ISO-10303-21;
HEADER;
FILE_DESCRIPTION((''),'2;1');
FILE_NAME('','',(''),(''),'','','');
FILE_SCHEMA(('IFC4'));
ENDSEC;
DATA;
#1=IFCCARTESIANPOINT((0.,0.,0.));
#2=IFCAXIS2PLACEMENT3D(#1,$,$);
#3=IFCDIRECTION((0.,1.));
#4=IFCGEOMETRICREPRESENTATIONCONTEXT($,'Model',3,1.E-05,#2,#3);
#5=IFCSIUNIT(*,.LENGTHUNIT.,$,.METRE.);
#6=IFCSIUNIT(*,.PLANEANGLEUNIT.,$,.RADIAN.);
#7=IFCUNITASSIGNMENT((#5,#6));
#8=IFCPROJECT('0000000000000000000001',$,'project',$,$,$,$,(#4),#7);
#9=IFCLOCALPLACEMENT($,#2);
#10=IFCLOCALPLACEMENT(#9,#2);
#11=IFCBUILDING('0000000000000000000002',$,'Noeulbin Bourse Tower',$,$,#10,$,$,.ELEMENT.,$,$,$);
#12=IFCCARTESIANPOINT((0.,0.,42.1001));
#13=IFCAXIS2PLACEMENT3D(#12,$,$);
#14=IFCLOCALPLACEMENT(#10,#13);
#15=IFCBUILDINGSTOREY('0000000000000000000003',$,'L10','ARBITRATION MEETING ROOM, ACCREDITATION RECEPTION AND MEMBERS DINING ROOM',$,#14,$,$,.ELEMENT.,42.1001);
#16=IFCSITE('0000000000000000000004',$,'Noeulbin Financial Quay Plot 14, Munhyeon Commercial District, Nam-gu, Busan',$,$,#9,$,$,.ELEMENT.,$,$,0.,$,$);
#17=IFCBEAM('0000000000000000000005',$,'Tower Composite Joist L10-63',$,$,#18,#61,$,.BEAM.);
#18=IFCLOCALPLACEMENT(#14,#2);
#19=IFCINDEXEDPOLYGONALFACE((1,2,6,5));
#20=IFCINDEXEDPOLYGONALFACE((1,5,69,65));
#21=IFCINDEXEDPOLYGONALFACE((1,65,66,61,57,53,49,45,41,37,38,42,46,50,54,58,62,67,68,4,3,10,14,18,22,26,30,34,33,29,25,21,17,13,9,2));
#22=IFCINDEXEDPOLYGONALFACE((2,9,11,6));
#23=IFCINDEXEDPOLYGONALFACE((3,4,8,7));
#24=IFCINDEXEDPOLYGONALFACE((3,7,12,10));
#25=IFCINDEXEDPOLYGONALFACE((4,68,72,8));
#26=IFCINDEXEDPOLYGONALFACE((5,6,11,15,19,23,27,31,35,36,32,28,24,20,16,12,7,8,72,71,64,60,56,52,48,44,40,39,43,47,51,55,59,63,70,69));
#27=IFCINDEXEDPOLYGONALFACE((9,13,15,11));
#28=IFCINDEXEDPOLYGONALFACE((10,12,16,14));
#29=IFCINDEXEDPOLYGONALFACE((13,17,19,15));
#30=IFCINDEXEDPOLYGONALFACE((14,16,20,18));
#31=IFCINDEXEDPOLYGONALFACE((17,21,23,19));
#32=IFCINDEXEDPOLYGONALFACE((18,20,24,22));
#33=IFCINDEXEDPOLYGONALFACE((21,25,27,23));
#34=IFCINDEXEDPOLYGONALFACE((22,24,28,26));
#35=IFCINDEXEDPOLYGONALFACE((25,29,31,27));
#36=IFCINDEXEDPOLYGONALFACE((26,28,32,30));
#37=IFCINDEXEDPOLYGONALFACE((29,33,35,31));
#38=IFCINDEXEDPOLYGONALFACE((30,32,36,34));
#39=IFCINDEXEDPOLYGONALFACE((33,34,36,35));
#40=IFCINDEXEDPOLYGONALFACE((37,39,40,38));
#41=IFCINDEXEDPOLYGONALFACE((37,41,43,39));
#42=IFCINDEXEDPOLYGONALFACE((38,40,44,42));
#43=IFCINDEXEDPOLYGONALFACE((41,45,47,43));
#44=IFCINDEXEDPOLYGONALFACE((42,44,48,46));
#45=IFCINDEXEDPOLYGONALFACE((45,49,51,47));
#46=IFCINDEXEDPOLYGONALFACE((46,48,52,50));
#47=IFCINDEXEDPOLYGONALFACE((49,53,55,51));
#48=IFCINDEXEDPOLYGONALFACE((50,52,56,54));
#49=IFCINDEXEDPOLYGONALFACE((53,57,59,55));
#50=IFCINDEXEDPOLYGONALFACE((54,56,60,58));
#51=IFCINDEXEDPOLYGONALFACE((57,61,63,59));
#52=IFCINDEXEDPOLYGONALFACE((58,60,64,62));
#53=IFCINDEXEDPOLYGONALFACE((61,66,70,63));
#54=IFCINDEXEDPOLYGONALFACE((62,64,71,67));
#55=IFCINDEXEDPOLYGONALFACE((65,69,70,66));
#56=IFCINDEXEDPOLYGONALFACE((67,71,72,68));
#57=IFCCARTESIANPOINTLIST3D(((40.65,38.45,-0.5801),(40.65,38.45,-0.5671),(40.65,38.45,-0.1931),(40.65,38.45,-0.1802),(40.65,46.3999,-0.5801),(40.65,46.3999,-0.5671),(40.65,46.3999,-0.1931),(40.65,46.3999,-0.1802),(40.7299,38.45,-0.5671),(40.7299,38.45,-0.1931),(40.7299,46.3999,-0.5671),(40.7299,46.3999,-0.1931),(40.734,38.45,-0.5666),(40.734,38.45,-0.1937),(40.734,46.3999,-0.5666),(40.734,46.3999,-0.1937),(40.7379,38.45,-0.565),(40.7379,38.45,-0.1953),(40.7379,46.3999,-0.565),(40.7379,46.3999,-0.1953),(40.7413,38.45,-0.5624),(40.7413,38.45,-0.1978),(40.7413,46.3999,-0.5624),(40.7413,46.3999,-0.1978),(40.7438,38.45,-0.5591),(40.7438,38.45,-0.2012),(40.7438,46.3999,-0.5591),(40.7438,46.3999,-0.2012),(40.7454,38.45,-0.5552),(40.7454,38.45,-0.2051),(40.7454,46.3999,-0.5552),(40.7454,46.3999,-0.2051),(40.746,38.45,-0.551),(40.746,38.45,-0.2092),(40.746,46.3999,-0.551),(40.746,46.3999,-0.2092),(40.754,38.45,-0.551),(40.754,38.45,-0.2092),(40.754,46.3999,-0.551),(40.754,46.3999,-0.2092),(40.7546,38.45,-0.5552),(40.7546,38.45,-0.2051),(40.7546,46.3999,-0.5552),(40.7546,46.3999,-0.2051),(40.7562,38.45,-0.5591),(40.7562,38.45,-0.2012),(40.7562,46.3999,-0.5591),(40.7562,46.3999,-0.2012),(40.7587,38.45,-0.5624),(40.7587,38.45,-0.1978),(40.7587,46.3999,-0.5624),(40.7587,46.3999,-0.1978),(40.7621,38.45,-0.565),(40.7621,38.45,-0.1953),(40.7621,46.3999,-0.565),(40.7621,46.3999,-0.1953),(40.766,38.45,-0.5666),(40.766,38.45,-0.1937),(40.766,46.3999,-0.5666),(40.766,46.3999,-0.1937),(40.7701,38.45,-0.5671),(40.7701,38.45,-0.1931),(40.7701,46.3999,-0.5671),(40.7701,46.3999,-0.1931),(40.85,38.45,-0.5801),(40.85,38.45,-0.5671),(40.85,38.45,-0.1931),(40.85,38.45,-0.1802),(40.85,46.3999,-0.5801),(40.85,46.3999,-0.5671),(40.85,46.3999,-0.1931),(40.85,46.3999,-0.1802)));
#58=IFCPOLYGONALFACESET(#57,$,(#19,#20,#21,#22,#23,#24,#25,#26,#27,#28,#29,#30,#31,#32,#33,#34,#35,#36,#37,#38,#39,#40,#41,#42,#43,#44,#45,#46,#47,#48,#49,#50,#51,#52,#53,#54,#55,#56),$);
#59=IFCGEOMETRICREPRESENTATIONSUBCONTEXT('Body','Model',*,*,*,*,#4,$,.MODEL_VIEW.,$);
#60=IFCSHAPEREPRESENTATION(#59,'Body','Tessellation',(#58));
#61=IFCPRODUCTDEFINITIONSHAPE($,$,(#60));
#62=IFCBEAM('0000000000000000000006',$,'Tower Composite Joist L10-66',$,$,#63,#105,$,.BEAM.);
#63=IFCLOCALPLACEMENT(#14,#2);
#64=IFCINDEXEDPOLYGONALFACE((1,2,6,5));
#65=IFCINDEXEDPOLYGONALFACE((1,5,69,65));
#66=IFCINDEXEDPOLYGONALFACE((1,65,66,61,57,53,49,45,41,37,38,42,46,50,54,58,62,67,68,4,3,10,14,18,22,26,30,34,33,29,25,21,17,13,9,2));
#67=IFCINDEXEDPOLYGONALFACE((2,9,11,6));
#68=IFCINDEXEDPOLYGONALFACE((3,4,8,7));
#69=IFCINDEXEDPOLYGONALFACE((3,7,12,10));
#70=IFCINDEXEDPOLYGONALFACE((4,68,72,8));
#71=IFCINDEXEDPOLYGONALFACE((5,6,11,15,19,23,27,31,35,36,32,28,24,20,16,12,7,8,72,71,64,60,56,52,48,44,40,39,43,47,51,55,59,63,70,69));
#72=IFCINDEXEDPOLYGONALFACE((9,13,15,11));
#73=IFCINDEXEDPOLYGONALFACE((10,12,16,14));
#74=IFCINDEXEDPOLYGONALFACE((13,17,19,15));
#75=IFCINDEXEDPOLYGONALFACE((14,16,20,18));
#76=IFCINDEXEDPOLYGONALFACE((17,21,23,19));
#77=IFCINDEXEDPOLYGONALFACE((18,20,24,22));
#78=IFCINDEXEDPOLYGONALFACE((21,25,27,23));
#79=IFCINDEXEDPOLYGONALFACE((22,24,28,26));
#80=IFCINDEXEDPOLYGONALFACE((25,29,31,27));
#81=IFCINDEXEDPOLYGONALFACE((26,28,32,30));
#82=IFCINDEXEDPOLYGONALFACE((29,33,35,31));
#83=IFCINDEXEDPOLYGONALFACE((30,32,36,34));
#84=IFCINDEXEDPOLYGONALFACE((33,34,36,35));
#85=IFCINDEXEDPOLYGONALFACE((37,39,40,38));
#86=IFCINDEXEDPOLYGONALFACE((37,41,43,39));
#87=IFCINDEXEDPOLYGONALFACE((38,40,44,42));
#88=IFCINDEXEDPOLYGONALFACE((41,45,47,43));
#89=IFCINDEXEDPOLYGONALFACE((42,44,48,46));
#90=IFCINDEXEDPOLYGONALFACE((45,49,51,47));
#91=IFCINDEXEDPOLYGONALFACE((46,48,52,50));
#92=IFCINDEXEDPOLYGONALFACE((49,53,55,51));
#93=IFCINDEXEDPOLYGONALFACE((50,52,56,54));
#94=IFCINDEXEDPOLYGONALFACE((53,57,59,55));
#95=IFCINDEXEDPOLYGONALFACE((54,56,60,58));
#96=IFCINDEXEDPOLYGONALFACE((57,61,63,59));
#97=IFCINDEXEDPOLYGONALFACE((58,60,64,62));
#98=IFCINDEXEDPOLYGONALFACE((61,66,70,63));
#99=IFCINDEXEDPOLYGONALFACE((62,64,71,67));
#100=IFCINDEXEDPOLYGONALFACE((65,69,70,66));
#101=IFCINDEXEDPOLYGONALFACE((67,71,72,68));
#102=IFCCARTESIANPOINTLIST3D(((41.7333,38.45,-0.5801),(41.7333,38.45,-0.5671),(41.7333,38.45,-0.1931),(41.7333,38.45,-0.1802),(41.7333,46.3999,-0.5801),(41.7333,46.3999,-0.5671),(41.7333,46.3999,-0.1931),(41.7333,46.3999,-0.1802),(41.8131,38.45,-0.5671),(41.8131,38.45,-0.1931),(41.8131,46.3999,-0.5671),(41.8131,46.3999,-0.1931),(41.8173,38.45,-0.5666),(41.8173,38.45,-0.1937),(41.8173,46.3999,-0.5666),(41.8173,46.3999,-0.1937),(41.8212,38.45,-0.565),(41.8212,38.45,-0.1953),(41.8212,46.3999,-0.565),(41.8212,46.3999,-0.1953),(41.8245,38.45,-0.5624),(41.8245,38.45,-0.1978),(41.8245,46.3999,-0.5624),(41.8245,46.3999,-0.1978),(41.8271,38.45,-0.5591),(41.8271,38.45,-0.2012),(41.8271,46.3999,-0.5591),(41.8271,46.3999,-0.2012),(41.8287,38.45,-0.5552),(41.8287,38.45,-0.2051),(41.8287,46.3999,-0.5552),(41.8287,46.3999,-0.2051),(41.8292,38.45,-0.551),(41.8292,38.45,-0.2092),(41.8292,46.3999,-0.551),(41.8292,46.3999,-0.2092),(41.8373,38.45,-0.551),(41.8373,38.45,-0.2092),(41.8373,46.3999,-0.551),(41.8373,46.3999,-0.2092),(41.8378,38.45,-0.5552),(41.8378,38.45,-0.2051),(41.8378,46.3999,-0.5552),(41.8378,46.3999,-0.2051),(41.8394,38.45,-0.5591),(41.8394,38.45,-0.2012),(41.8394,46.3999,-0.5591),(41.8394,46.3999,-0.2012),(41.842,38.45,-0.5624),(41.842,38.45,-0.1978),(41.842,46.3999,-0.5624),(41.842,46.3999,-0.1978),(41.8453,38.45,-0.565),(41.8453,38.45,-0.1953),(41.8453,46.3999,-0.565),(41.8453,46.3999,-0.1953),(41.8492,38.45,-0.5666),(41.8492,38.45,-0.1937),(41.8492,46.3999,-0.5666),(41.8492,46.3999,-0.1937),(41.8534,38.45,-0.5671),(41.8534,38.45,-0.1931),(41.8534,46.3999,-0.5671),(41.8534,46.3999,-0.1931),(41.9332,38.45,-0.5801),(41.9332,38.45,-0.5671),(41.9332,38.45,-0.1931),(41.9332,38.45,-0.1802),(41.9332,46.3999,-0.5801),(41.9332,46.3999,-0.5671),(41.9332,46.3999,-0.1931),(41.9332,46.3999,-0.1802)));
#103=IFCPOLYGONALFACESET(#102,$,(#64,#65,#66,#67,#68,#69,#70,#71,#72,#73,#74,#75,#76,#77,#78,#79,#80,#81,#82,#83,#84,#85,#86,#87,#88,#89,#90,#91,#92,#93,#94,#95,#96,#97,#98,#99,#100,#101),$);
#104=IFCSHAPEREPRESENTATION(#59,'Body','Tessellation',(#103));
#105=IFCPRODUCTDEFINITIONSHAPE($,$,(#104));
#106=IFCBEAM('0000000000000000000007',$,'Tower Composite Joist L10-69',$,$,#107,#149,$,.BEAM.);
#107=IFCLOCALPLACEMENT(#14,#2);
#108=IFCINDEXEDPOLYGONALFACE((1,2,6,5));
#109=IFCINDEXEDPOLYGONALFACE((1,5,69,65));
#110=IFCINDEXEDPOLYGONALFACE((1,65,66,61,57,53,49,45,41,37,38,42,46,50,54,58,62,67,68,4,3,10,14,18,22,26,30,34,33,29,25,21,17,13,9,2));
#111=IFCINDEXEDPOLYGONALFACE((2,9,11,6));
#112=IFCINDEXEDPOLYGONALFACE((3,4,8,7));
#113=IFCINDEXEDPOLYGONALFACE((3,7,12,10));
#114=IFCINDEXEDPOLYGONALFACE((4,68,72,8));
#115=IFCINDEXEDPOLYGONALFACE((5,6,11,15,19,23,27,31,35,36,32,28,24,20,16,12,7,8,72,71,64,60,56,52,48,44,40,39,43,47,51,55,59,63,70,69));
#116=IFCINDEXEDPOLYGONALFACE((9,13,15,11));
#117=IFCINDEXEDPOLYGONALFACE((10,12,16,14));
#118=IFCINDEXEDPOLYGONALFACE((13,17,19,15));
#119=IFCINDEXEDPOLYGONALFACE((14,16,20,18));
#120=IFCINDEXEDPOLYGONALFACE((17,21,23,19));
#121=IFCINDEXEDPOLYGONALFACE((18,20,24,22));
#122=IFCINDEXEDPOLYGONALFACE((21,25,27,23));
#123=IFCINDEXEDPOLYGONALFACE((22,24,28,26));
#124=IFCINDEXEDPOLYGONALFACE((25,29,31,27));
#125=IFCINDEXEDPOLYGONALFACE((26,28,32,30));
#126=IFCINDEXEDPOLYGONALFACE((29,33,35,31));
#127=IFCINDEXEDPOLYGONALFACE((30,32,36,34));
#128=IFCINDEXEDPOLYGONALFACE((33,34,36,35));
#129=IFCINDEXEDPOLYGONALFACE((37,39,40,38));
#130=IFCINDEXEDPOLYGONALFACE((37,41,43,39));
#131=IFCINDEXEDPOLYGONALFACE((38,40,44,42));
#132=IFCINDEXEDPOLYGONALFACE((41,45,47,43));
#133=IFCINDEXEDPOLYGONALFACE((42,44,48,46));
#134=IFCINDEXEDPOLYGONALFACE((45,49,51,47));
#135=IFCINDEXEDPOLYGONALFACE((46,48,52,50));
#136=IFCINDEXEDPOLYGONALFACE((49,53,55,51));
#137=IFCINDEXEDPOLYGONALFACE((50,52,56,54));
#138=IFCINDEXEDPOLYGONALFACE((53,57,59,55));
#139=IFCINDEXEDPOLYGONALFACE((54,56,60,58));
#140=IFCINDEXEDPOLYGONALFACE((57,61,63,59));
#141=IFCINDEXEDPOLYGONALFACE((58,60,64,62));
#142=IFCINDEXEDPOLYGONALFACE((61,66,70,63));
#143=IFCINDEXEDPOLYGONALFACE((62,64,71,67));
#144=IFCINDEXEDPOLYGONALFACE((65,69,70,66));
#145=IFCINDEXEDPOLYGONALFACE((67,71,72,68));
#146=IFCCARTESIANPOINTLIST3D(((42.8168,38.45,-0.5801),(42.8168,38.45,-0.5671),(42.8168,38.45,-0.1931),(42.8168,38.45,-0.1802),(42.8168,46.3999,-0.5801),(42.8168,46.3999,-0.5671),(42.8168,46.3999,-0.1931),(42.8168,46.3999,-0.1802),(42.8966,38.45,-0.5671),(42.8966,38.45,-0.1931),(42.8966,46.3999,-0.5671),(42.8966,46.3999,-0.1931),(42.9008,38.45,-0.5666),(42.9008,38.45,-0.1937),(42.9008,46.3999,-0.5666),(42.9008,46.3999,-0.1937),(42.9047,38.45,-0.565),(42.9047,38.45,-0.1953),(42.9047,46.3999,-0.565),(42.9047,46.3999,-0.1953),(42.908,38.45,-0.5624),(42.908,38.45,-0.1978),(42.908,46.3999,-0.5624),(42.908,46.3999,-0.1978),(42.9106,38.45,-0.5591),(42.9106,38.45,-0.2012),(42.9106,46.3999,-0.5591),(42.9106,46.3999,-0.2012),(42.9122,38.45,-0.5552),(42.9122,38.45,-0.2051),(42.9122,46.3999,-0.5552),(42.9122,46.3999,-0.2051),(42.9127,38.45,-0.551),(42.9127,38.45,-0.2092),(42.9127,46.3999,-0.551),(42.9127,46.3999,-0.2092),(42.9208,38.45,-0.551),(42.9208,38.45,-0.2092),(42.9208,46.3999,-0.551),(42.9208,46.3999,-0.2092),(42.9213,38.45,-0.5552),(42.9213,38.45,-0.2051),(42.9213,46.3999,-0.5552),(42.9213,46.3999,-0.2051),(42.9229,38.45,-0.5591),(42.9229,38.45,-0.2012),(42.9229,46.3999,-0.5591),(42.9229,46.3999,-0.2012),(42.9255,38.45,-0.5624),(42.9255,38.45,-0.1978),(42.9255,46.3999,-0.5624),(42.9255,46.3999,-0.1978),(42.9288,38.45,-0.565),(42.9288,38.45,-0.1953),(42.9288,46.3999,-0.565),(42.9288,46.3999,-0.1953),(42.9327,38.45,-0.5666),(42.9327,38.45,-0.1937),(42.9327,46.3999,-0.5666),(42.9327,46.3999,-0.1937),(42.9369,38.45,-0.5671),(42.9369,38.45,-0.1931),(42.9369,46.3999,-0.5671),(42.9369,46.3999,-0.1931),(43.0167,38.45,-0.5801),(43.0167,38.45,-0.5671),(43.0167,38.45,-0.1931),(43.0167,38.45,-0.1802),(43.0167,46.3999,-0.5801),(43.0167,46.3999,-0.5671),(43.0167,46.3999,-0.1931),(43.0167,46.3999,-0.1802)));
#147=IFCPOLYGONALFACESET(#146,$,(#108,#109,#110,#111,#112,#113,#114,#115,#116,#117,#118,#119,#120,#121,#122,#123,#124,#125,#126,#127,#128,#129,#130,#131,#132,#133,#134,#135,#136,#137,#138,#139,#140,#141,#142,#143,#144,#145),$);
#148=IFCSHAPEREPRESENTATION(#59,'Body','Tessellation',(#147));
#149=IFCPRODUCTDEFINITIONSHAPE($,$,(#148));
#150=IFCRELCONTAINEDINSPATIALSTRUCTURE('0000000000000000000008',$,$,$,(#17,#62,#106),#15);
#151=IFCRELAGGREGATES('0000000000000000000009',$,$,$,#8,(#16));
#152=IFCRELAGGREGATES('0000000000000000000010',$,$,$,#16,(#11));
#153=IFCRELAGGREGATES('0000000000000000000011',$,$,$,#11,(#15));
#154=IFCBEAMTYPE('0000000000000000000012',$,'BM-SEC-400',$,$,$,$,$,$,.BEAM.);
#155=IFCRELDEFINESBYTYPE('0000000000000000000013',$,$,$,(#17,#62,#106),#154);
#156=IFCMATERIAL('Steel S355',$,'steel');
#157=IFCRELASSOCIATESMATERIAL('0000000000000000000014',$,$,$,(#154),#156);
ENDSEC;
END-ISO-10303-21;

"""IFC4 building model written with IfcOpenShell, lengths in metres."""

from ifc_helpers import new_model, si_unit, direction, frame, origin, origin_2d, place, context, subcontext, project, spatial, i_section, extrude, material, material_profile, profile_set, type_object, element, save


model = new_model("IFC4")

# Units and contexts
model_context = context("Model", 3, precision=1e-05, world=origin(), true_north=direction((0.0, 1.0)))
body_context = subcontext(model_context, "Body", "Model", "MODEL_VIEW")
ifc_project = project(units=[si_unit("LENGTHUNIT", "METRE"), si_unit("PLANEANGLEUNIT", "RADIAN")], contexts=[model_context])

# Site, building, storey
site_placement = place(None, origin())
site = spatial("IfcSite", under=ifc_project, at=site_placement, Name="Noeulbin Financial Quay Plot 14, Munhyeon Commercial District, Nam-gu, Busan", CompositionType="ELEMENT", RefElevation=0.0)
building_placement = place(site_placement, origin())
building = spatial("IfcBuilding", under=site, at=building_placement, Name="Noeulbin Bourse Tower", CompositionType="ELEMENT")
storey_placement = place(building_placement, frame((0.0, 0.0, 42.1001)))
storey = spatial("IfcBuildingStorey", under=building, at=storey_placement, Name="L10", Description="ARBITRATION MEETING ROOM, ACCREDITATION RECEPTION AND MEMBERS DINING ROOM", CompositionType="ELEMENT", Elevation=42.1001)

# Beams
ifc_material_1 = material(Name="Steel S355", Category="steel")
ifc_material_profile_1 = material_profile(ifc_material_1, i_section(OverallWidth=0.2, OverallDepth=0.3999, WebThickness=0.0081, FlangeThickness=0.0129, FilletRadius=0.0161, at=origin_2d()), Name="H-400x200x8x13", Category="LoadBearing")
ifc_profile_set_1 = profile_set([ifc_material_profile_1], Name="Steel S355")
beam_type_1 = type_object("IfcBeamType", Name="BM-SEC-400", PredefinedType="BEAM", material=ifc_profile_set_1)
for number, where, z_axis, x_axis, name in (
    (1, (40.75, 38.45, -0.3801), (0.0, 1.0, 0.0), (-1.0, 0.0, 0.0), "Tower Composite Joist L10-63"),
    (2, (41.8333, 38.45, -0.3801), (0.0, 1.0, 0.0), (-1.0, 0.0, 0.0), "Tower Composite Joist L10-66"),
    (3, (42.9167, 38.45, -0.3801), (0.0, 1.0, 0.0), (-1.0, 0.0, 0.0), "Tower Composite Joist L10-69"),
):
    element("IfcBeam", number, at=place(storey_placement, frame(where, z_axis=z_axis, x_axis=x_axis)), inside=storey, type_object=beam_type_1, Name=name, PredefinedType="BEAM", context=body_context, shape_type="SweptSolid", body=[
        extrude(i_section(OverallWidth=0.2, OverallDepth=0.3999, WebThickness=0.0081, FlangeThickness=0.0129, FilletRadius=0.0161, at=origin_2d()), origin(), (0.0, 0.0, 1.0), 7.95),
    ])

save(model, "model.ifc")
